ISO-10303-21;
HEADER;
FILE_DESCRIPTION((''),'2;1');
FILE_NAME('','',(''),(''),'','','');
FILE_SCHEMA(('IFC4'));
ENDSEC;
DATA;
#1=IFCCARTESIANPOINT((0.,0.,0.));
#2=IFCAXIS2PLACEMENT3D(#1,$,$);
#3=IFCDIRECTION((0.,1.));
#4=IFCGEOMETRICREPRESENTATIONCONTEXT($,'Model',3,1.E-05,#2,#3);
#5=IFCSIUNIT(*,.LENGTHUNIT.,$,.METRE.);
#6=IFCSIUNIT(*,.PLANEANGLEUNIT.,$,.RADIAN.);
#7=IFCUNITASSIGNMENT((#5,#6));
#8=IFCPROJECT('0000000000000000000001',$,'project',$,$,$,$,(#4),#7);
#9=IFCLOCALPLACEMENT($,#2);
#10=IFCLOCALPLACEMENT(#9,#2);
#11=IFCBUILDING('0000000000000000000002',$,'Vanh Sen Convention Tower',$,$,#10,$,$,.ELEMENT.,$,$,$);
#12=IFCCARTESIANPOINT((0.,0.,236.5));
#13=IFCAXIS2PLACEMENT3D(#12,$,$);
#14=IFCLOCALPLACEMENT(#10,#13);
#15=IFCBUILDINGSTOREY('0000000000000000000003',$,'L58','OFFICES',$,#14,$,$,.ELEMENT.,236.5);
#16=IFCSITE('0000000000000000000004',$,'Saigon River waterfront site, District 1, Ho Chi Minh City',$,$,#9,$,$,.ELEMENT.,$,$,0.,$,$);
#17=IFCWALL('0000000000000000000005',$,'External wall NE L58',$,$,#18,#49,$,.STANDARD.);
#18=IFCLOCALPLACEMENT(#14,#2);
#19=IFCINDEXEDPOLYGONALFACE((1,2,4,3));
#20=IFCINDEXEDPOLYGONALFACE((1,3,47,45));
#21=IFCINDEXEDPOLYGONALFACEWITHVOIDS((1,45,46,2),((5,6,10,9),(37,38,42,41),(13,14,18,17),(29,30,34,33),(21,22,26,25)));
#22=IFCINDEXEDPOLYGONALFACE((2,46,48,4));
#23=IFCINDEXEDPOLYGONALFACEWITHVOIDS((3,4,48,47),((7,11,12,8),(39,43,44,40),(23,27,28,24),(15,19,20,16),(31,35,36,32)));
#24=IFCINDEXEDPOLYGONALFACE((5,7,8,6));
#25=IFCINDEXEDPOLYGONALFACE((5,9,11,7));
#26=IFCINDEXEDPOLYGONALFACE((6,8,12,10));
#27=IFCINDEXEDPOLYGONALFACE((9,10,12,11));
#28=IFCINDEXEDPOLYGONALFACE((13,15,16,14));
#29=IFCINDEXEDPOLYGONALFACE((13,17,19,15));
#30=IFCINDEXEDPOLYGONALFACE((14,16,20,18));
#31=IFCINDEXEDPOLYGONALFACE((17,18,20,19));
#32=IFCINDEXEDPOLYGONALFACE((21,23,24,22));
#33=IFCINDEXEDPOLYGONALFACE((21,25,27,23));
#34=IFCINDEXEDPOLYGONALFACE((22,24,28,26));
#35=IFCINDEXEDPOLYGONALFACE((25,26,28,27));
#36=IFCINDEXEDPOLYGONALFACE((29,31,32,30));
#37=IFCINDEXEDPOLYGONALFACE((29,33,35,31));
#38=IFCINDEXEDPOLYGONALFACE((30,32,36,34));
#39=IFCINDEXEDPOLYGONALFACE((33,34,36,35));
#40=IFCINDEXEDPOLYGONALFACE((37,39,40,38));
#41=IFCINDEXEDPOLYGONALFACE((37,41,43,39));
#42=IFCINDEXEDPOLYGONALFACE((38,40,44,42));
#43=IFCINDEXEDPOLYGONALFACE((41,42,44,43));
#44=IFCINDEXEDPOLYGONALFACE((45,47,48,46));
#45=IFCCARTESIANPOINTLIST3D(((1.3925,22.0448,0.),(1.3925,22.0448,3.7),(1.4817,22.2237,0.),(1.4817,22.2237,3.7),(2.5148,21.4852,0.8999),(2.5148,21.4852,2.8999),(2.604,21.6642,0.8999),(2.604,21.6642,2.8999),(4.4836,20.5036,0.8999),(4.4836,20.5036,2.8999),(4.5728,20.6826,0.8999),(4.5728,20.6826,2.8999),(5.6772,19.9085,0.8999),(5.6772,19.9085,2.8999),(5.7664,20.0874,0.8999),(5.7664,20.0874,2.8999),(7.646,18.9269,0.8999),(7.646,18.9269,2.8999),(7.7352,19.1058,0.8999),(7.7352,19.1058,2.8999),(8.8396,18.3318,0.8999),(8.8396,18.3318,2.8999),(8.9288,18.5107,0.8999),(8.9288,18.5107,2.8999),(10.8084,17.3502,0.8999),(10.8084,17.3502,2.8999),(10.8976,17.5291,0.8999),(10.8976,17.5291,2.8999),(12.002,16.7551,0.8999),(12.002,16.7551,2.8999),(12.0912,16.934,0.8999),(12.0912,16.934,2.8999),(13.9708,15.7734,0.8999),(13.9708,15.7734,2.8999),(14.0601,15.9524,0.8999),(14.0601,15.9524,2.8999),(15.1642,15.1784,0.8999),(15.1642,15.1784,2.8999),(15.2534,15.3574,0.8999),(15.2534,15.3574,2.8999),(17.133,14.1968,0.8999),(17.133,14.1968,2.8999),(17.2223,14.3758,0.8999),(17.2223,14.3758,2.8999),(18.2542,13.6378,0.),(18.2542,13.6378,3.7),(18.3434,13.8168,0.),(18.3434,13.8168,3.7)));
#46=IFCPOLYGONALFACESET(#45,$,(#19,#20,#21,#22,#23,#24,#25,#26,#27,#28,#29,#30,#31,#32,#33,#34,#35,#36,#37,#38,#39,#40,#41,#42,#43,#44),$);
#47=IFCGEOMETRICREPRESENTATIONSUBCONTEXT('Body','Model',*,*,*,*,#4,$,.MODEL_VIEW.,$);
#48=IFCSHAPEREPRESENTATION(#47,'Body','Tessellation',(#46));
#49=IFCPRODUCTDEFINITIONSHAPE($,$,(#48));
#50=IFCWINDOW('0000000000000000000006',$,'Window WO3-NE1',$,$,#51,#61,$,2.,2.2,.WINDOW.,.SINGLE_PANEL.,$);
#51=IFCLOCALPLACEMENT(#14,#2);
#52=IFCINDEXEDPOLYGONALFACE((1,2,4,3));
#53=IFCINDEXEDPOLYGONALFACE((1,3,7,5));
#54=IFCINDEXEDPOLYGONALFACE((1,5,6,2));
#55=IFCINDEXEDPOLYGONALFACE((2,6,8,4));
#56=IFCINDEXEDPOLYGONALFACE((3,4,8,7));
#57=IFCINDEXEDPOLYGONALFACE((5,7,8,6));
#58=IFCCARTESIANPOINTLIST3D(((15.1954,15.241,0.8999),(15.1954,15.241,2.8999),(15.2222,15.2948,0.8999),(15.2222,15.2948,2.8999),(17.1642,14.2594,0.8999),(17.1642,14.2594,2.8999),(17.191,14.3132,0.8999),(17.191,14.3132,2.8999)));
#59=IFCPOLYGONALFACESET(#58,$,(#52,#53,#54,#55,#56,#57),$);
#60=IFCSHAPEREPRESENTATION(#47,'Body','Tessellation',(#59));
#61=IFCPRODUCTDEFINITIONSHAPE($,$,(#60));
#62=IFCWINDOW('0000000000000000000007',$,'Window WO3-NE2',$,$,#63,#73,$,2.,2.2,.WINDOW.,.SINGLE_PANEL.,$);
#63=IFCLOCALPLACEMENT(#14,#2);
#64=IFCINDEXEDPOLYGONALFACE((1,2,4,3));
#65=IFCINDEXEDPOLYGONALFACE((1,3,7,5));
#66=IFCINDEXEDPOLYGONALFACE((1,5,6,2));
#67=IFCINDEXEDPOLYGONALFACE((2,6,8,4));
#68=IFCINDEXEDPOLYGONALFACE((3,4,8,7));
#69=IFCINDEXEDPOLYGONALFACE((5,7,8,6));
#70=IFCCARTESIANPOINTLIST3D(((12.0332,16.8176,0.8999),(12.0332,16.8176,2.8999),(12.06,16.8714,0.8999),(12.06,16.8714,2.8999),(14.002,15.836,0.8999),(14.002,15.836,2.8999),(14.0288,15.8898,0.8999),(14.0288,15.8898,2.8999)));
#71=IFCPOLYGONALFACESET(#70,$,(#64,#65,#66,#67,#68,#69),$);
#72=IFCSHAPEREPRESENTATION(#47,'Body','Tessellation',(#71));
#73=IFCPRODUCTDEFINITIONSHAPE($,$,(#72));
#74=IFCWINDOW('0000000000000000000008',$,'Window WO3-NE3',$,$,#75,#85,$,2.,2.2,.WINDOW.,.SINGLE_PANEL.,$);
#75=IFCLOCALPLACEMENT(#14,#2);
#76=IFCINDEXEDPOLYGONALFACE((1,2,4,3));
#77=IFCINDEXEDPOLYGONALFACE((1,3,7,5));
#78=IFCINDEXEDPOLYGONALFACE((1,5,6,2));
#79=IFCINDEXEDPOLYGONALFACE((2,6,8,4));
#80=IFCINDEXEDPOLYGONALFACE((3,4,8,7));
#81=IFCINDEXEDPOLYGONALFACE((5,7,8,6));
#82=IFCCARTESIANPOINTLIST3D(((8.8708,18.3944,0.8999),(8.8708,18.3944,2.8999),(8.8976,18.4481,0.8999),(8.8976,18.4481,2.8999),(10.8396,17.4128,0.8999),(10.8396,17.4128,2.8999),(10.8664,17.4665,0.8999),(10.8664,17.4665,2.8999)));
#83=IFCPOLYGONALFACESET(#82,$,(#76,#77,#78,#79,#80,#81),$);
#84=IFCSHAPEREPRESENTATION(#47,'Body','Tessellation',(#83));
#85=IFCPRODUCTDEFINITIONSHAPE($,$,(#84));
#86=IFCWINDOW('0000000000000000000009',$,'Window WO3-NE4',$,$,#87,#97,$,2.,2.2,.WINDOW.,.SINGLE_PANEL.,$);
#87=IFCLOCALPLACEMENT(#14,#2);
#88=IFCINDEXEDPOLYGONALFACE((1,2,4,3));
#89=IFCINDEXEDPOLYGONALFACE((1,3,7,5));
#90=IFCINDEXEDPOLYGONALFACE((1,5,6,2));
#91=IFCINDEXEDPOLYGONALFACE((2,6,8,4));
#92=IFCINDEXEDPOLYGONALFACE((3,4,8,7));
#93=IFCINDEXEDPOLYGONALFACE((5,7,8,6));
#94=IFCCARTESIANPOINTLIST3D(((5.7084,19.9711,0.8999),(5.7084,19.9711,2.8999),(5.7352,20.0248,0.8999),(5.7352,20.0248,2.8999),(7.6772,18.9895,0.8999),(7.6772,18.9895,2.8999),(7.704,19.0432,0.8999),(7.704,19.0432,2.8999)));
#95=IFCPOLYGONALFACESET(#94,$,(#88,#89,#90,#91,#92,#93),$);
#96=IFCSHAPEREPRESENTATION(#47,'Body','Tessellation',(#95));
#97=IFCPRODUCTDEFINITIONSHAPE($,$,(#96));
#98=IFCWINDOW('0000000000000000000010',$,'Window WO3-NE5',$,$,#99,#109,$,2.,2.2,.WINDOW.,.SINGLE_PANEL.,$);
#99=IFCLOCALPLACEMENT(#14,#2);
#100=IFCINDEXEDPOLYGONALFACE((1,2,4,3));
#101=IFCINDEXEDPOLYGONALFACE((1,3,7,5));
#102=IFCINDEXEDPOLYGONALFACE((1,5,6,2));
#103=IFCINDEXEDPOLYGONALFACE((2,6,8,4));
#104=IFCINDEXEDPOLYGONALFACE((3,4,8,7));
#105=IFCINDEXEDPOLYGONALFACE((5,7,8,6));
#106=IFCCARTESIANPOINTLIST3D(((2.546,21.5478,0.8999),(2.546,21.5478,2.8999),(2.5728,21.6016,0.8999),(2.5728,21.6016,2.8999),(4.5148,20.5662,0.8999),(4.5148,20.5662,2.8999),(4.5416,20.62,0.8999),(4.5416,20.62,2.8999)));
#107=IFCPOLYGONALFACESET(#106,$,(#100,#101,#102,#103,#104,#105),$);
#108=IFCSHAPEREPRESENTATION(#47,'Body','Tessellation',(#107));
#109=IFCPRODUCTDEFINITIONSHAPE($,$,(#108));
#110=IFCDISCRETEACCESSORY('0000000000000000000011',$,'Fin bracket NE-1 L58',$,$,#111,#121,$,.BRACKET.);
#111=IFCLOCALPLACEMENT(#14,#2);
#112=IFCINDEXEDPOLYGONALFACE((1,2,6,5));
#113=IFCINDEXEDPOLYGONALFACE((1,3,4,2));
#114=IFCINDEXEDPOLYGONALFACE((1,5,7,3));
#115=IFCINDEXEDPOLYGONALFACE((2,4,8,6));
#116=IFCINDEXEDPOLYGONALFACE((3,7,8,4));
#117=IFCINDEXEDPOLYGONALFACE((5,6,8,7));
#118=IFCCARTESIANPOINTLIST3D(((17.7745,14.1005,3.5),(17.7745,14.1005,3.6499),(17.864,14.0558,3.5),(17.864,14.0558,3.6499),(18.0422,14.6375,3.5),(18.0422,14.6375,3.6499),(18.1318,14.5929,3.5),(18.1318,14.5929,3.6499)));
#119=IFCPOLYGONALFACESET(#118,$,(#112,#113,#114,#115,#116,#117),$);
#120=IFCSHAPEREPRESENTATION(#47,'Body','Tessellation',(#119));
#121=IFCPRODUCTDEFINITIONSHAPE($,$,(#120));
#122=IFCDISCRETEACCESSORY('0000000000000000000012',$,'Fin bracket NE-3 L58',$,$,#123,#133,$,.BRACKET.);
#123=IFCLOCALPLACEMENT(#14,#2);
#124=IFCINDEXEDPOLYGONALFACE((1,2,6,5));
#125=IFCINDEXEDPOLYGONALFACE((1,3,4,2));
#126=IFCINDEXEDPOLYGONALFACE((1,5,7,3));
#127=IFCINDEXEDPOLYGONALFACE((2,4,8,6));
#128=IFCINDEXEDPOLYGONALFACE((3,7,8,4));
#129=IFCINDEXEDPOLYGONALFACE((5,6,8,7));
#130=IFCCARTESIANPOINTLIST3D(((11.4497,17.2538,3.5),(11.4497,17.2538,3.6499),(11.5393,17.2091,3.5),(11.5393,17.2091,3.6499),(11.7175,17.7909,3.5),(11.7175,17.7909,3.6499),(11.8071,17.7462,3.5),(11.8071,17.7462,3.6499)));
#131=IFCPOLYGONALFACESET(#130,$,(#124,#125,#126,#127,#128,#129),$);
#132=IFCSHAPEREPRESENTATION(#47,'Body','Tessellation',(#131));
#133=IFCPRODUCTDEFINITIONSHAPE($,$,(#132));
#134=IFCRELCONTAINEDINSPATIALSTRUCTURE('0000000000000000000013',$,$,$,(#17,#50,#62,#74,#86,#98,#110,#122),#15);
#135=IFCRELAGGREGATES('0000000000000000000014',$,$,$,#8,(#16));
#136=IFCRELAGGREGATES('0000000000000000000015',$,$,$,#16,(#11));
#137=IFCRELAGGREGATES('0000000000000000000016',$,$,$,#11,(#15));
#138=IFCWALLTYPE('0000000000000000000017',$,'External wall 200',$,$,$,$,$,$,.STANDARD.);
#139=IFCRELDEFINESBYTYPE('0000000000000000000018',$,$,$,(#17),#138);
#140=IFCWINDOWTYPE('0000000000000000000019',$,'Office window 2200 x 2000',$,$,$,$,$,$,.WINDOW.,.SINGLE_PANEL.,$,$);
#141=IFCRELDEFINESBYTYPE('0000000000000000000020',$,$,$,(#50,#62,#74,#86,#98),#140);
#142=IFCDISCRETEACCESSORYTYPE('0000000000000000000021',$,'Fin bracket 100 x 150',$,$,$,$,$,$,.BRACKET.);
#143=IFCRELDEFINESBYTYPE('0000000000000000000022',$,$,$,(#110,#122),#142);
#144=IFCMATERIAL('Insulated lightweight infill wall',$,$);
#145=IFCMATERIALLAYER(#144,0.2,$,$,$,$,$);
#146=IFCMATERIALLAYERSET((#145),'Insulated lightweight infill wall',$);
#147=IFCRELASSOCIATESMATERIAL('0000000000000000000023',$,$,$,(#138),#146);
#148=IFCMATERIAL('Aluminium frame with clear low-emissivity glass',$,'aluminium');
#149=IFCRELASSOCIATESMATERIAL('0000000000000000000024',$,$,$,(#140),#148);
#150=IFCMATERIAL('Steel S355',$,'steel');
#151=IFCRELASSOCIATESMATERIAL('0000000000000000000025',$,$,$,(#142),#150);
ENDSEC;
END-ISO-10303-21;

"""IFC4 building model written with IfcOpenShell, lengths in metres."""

from ifc_helpers import new_model, si_unit, direction, frame, frame_2d, origin, origin_2d, place, context, subcontext, project, spatial, rectangle, extrude, material, layer, layer_set, type_object, element, fill, save


model = new_model("IFC4")

# Units and contexts
model_context = context("Model", 3, precision=1e-05, world=origin(), true_north=direction((0.0, 1.0)))
body_context = subcontext(model_context, "Body", "Model", "MODEL_VIEW")
ifc_project = project(units=[si_unit("LENGTHUNIT", "METRE"), si_unit("PLANEANGLEUNIT", "RADIAN")], contexts=[model_context])

# Site, building, storey
site_placement = place(None, origin())
site = spatial("IfcSite", under=ifc_project, at=site_placement, Name="Saigon River waterfront site, District 1, Ho Chi Minh City", CompositionType="ELEMENT", RefElevation=0.0)
building_placement = place(site_placement, origin())
building = spatial("IfcBuilding", under=site, at=building_placement, Name="Vanh Sen Convention Tower", CompositionType="ELEMENT")
storey_placement = place(building_placement, frame((0.0, 0.0, 236.5)))
storey = spatial("IfcBuildingStorey", under=building, at=storey_placement, Name="L58", Description="OFFICES", CompositionType="ELEMENT", Elevation=236.5)

# Wall, openings, windows
ifc_material_1 = material(Name="Insulated lightweight infill wall")
ifc_layer_1 = layer(ifc_material_1, 0.2)
ifc_layer_set_1 = layer_set([ifc_layer_1], Name="Insulated lightweight infill wall")
wall_type_1 = type_object("IfcWallType", Name="External wall 200", PredefinedType="STANDARD", material=ifc_layer_set_1)
wall_1_placement = place(storey_placement, frame((18.2988, 13.7273, 0.0), z_axis=(0.0, 0.0, 1.0), x_axis=(-0.894935, 0.446197, 0.0)))
wall_1 = element("IfcWall", 1, at=wall_1_placement, inside=storey, type_object=wall_type_1, Name="External wall NE L58", PredefinedType="STANDARD", context=body_context, shape_type="SweptSolid", body=[
    extrude(rectangle(XDim=18.8413, YDim=0.2, at=frame_2d((9.4207, 0.0))), origin(), (0.0, 0.0, 1.0), 3.7),
])
opening_1_placement = place(wall_1_placement, frame((1.2527, 0.0, 0.8999)))
opening_1 = element("IfcOpeningElement", 2, at=opening_1_placement, cuts=wall_1, PredefinedType="OPENING", context=body_context, shape_type="SweptSolid", body=[
    extrude(rectangle(XDim=2.2, YDim=2.0, at=frame_2d((1.1001, 1.0))), frame((0.0, 0.1099, 0.0), z_axis=(0.0, -1.0, 0.0), x_axis=(1.0, 0.0, 0.0)), (0.0, 0.0, 1.0), 0.22),
])
opening_2_placement = place(wall_1_placement, frame((4.7861, 0.0, 0.8999)))
opening_2 = element("IfcOpeningElement", 3, at=opening_2_placement, cuts=wall_1, PredefinedType="OPENING", context=body_context, shape_type="SweptSolid", body=[
    extrude(rectangle(XDim=2.2, YDim=2.0, at=frame_2d((1.1001, 1.0))), frame((0.0, 0.1099, 0.0), z_axis=(0.0, -1.0, 0.0), x_axis=(1.0, 0.0, 0.0)), (0.0, 0.0, 1.0), 0.22),
])
opening_3_placement = place(wall_1_placement, frame((8.3198, 0.0, 0.8999)))
opening_3 = element("IfcOpeningElement", 4, at=opening_3_placement, cuts=wall_1, PredefinedType="OPENING", context=body_context, shape_type="SweptSolid", body=[
    extrude(rectangle(XDim=2.2, YDim=2.0, at=frame_2d((1.1001, 1.0))), frame((0.0, 0.1099, 0.0), z_axis=(0.0, -1.0, 0.0), x_axis=(1.0, 0.0, 0.0)), (0.0, 0.0, 1.0), 0.22),
])
opening_4_placement = place(wall_1_placement, frame((11.8535, 0.0, 0.8999)))
opening_4 = element("IfcOpeningElement", 5, at=opening_4_placement, cuts=wall_1, PredefinedType="OPENING", context=body_context, shape_type="SweptSolid", body=[
    extrude(rectangle(XDim=2.2, YDim=2.0, at=frame_2d((1.1001, 1.0))), frame((0.0, 0.1099, 0.0), z_axis=(0.0, -1.0, 0.0), x_axis=(1.0, 0.0, 0.0)), (0.0, 0.0, 1.0), 0.22),
])
opening_5_placement = place(wall_1_placement, frame((15.3872, 0.0, 0.8999)))
opening_5 = element("IfcOpeningElement", 6, at=opening_5_placement, cuts=wall_1, PredefinedType="OPENING", context=body_context, shape_type="SweptSolid", body=[
    extrude(rectangle(XDim=2.2, YDim=2.0, at=frame_2d((1.1001, 1.0))), frame((0.0, 0.1099, 0.0), z_axis=(0.0, -1.0, 0.0), x_axis=(1.0, 0.0, 0.0)), (0.0, 0.0, 1.0), 0.22),
])
ifc_material_2 = material(Name="Aluminium frame with clear low-emissivity glass", Category="aluminium")
window_type = type_object("IfcWindowType", Name="Office window 2200 x 2000", PartitioningType="SINGLE_PANEL", PredefinedType="WINDOW", material=ifc_material_2)
window_1_placement = place(opening_1_placement, origin())
window_1 = element("IfcWindow", 7, at=window_1_placement, inside=storey, type_object=window_type, Name="Window WO3-NE1", OverallHeight=2.0, OverallWidth=2.2, PartitioningType="SINGLE_PANEL", PredefinedType="WINDOW", context=body_context, shape_type="SweptSolid", body=[
    extrude(rectangle(XDim=2.2, YDim=2.0, at=frame_2d((1.1001, 1.0))), frame((0.0, 0.03, 0.0), z_axis=(0.0, -1.0, 0.0), x_axis=(1.0, 0.0, 0.0)), (0.0, 0.0, 1.0), 0.0601),
])
fill(opening_1, window_1)
window_2_placement = place(opening_2_placement, origin())
window_2 = element("IfcWindow", 8, at=window_2_placement, inside=storey, type_object=window_type, Name="Window WO3-NE2", OverallHeight=2.0, OverallWidth=2.2, PartitioningType="SINGLE_PANEL", PredefinedType="WINDOW", context=body_context, shape_type="SweptSolid", body=[
    extrude(rectangle(XDim=2.2, YDim=2.0, at=frame_2d((1.1001, 1.0))), frame((0.0, 0.03, 0.0), z_axis=(0.0, -1.0, 0.0), x_axis=(1.0, 0.0, 0.0)), (0.0, 0.0, 1.0), 0.0601),
])
fill(opening_2, window_2)
window_3_placement = place(opening_3_placement, origin())
window_3 = element("IfcWindow", 9, at=window_3_placement, inside=storey, type_object=window_type, Name="Window WO3-NE3", OverallHeight=2.0, OverallWidth=2.2, PartitioningType="SINGLE_PANEL", PredefinedType="WINDOW", context=body_context, shape_type="SweptSolid", body=[
    extrude(rectangle(XDim=2.2, YDim=2.0, at=frame_2d((1.1001, 1.0))), frame((0.0, 0.03, 0.0), z_axis=(0.0, -1.0, 0.0), x_axis=(1.0, 0.0, 0.0)), (0.0, 0.0, 1.0), 0.0601),
])
fill(opening_3, window_3)
window_4_placement = place(opening_4_placement, origin())
window_4 = element("IfcWindow", 10, at=window_4_placement, inside=storey, type_object=window_type, Name="Window WO3-NE4", OverallHeight=2.0, OverallWidth=2.2, PartitioningType="SINGLE_PANEL", PredefinedType="WINDOW", context=body_context, shape_type="SweptSolid", body=[
    extrude(rectangle(XDim=2.2, YDim=2.0, at=frame_2d((1.1001, 1.0))), frame((0.0, 0.03, 0.0), z_axis=(0.0, -1.0, 0.0), x_axis=(1.0, 0.0, 0.0)), (0.0, 0.0, 1.0), 0.0601),
])
fill(opening_4, window_4)
window_5_placement = place(opening_5_placement, origin())
window_5 = element("IfcWindow", 11, at=window_5_placement, inside=storey, type_object=window_type, Name="Window WO3-NE5", OverallHeight=2.0, OverallWidth=2.2, PartitioningType="SINGLE_PANEL", PredefinedType="WINDOW", context=body_context, shape_type="SweptSolid", body=[
    extrude(rectangle(XDim=2.2, YDim=2.0, at=frame_2d((1.1001, 1.0))), frame((0.0, 0.03, 0.0), z_axis=(0.0, -1.0, 0.0), x_axis=(1.0, 0.0, 0.0)), (0.0, 0.0, 1.0), 0.0601),
])
fill(opening_5, window_5)

# Discrete accessories
ifc_material_3 = material(Name="Steel S355", Category="steel")
discrete_accessory_type = type_object("IfcDiscreteAccessoryType", Name="Fin bracket 100 x 150", PredefinedType="BRACKET", material=ifc_material_3)
for number, where, z_axis, x_axis, name in (
    (12, (17.9531, 14.3467, 3.5), (0.0, 0.0, 1.0), (0.446198, 0.894934, 0.0), "Fin bracket NE-1 L58"),
    (13, (11.6284, 17.5, 3.5), (0.0, 0.0, 1.0), (0.446198, 0.894934, 0.0), "Fin bracket NE-3 L58"),
):
    element("IfcDiscreteAccessory", number, at=place(storey_placement, frame(where, z_axis=z_axis, x_axis=x_axis)), inside=storey, type_object=discrete_accessory_type, Name=name, PredefinedType="BRACKET", context=body_context, shape_type="SweptSolid", body=[
        extrude(rectangle(XDim=0.6001, YDim=0.1001, at=origin_2d()), origin(), (0.0, 0.0, 1.0), 0.1499),
    ])

save(model, "model.ifc")
